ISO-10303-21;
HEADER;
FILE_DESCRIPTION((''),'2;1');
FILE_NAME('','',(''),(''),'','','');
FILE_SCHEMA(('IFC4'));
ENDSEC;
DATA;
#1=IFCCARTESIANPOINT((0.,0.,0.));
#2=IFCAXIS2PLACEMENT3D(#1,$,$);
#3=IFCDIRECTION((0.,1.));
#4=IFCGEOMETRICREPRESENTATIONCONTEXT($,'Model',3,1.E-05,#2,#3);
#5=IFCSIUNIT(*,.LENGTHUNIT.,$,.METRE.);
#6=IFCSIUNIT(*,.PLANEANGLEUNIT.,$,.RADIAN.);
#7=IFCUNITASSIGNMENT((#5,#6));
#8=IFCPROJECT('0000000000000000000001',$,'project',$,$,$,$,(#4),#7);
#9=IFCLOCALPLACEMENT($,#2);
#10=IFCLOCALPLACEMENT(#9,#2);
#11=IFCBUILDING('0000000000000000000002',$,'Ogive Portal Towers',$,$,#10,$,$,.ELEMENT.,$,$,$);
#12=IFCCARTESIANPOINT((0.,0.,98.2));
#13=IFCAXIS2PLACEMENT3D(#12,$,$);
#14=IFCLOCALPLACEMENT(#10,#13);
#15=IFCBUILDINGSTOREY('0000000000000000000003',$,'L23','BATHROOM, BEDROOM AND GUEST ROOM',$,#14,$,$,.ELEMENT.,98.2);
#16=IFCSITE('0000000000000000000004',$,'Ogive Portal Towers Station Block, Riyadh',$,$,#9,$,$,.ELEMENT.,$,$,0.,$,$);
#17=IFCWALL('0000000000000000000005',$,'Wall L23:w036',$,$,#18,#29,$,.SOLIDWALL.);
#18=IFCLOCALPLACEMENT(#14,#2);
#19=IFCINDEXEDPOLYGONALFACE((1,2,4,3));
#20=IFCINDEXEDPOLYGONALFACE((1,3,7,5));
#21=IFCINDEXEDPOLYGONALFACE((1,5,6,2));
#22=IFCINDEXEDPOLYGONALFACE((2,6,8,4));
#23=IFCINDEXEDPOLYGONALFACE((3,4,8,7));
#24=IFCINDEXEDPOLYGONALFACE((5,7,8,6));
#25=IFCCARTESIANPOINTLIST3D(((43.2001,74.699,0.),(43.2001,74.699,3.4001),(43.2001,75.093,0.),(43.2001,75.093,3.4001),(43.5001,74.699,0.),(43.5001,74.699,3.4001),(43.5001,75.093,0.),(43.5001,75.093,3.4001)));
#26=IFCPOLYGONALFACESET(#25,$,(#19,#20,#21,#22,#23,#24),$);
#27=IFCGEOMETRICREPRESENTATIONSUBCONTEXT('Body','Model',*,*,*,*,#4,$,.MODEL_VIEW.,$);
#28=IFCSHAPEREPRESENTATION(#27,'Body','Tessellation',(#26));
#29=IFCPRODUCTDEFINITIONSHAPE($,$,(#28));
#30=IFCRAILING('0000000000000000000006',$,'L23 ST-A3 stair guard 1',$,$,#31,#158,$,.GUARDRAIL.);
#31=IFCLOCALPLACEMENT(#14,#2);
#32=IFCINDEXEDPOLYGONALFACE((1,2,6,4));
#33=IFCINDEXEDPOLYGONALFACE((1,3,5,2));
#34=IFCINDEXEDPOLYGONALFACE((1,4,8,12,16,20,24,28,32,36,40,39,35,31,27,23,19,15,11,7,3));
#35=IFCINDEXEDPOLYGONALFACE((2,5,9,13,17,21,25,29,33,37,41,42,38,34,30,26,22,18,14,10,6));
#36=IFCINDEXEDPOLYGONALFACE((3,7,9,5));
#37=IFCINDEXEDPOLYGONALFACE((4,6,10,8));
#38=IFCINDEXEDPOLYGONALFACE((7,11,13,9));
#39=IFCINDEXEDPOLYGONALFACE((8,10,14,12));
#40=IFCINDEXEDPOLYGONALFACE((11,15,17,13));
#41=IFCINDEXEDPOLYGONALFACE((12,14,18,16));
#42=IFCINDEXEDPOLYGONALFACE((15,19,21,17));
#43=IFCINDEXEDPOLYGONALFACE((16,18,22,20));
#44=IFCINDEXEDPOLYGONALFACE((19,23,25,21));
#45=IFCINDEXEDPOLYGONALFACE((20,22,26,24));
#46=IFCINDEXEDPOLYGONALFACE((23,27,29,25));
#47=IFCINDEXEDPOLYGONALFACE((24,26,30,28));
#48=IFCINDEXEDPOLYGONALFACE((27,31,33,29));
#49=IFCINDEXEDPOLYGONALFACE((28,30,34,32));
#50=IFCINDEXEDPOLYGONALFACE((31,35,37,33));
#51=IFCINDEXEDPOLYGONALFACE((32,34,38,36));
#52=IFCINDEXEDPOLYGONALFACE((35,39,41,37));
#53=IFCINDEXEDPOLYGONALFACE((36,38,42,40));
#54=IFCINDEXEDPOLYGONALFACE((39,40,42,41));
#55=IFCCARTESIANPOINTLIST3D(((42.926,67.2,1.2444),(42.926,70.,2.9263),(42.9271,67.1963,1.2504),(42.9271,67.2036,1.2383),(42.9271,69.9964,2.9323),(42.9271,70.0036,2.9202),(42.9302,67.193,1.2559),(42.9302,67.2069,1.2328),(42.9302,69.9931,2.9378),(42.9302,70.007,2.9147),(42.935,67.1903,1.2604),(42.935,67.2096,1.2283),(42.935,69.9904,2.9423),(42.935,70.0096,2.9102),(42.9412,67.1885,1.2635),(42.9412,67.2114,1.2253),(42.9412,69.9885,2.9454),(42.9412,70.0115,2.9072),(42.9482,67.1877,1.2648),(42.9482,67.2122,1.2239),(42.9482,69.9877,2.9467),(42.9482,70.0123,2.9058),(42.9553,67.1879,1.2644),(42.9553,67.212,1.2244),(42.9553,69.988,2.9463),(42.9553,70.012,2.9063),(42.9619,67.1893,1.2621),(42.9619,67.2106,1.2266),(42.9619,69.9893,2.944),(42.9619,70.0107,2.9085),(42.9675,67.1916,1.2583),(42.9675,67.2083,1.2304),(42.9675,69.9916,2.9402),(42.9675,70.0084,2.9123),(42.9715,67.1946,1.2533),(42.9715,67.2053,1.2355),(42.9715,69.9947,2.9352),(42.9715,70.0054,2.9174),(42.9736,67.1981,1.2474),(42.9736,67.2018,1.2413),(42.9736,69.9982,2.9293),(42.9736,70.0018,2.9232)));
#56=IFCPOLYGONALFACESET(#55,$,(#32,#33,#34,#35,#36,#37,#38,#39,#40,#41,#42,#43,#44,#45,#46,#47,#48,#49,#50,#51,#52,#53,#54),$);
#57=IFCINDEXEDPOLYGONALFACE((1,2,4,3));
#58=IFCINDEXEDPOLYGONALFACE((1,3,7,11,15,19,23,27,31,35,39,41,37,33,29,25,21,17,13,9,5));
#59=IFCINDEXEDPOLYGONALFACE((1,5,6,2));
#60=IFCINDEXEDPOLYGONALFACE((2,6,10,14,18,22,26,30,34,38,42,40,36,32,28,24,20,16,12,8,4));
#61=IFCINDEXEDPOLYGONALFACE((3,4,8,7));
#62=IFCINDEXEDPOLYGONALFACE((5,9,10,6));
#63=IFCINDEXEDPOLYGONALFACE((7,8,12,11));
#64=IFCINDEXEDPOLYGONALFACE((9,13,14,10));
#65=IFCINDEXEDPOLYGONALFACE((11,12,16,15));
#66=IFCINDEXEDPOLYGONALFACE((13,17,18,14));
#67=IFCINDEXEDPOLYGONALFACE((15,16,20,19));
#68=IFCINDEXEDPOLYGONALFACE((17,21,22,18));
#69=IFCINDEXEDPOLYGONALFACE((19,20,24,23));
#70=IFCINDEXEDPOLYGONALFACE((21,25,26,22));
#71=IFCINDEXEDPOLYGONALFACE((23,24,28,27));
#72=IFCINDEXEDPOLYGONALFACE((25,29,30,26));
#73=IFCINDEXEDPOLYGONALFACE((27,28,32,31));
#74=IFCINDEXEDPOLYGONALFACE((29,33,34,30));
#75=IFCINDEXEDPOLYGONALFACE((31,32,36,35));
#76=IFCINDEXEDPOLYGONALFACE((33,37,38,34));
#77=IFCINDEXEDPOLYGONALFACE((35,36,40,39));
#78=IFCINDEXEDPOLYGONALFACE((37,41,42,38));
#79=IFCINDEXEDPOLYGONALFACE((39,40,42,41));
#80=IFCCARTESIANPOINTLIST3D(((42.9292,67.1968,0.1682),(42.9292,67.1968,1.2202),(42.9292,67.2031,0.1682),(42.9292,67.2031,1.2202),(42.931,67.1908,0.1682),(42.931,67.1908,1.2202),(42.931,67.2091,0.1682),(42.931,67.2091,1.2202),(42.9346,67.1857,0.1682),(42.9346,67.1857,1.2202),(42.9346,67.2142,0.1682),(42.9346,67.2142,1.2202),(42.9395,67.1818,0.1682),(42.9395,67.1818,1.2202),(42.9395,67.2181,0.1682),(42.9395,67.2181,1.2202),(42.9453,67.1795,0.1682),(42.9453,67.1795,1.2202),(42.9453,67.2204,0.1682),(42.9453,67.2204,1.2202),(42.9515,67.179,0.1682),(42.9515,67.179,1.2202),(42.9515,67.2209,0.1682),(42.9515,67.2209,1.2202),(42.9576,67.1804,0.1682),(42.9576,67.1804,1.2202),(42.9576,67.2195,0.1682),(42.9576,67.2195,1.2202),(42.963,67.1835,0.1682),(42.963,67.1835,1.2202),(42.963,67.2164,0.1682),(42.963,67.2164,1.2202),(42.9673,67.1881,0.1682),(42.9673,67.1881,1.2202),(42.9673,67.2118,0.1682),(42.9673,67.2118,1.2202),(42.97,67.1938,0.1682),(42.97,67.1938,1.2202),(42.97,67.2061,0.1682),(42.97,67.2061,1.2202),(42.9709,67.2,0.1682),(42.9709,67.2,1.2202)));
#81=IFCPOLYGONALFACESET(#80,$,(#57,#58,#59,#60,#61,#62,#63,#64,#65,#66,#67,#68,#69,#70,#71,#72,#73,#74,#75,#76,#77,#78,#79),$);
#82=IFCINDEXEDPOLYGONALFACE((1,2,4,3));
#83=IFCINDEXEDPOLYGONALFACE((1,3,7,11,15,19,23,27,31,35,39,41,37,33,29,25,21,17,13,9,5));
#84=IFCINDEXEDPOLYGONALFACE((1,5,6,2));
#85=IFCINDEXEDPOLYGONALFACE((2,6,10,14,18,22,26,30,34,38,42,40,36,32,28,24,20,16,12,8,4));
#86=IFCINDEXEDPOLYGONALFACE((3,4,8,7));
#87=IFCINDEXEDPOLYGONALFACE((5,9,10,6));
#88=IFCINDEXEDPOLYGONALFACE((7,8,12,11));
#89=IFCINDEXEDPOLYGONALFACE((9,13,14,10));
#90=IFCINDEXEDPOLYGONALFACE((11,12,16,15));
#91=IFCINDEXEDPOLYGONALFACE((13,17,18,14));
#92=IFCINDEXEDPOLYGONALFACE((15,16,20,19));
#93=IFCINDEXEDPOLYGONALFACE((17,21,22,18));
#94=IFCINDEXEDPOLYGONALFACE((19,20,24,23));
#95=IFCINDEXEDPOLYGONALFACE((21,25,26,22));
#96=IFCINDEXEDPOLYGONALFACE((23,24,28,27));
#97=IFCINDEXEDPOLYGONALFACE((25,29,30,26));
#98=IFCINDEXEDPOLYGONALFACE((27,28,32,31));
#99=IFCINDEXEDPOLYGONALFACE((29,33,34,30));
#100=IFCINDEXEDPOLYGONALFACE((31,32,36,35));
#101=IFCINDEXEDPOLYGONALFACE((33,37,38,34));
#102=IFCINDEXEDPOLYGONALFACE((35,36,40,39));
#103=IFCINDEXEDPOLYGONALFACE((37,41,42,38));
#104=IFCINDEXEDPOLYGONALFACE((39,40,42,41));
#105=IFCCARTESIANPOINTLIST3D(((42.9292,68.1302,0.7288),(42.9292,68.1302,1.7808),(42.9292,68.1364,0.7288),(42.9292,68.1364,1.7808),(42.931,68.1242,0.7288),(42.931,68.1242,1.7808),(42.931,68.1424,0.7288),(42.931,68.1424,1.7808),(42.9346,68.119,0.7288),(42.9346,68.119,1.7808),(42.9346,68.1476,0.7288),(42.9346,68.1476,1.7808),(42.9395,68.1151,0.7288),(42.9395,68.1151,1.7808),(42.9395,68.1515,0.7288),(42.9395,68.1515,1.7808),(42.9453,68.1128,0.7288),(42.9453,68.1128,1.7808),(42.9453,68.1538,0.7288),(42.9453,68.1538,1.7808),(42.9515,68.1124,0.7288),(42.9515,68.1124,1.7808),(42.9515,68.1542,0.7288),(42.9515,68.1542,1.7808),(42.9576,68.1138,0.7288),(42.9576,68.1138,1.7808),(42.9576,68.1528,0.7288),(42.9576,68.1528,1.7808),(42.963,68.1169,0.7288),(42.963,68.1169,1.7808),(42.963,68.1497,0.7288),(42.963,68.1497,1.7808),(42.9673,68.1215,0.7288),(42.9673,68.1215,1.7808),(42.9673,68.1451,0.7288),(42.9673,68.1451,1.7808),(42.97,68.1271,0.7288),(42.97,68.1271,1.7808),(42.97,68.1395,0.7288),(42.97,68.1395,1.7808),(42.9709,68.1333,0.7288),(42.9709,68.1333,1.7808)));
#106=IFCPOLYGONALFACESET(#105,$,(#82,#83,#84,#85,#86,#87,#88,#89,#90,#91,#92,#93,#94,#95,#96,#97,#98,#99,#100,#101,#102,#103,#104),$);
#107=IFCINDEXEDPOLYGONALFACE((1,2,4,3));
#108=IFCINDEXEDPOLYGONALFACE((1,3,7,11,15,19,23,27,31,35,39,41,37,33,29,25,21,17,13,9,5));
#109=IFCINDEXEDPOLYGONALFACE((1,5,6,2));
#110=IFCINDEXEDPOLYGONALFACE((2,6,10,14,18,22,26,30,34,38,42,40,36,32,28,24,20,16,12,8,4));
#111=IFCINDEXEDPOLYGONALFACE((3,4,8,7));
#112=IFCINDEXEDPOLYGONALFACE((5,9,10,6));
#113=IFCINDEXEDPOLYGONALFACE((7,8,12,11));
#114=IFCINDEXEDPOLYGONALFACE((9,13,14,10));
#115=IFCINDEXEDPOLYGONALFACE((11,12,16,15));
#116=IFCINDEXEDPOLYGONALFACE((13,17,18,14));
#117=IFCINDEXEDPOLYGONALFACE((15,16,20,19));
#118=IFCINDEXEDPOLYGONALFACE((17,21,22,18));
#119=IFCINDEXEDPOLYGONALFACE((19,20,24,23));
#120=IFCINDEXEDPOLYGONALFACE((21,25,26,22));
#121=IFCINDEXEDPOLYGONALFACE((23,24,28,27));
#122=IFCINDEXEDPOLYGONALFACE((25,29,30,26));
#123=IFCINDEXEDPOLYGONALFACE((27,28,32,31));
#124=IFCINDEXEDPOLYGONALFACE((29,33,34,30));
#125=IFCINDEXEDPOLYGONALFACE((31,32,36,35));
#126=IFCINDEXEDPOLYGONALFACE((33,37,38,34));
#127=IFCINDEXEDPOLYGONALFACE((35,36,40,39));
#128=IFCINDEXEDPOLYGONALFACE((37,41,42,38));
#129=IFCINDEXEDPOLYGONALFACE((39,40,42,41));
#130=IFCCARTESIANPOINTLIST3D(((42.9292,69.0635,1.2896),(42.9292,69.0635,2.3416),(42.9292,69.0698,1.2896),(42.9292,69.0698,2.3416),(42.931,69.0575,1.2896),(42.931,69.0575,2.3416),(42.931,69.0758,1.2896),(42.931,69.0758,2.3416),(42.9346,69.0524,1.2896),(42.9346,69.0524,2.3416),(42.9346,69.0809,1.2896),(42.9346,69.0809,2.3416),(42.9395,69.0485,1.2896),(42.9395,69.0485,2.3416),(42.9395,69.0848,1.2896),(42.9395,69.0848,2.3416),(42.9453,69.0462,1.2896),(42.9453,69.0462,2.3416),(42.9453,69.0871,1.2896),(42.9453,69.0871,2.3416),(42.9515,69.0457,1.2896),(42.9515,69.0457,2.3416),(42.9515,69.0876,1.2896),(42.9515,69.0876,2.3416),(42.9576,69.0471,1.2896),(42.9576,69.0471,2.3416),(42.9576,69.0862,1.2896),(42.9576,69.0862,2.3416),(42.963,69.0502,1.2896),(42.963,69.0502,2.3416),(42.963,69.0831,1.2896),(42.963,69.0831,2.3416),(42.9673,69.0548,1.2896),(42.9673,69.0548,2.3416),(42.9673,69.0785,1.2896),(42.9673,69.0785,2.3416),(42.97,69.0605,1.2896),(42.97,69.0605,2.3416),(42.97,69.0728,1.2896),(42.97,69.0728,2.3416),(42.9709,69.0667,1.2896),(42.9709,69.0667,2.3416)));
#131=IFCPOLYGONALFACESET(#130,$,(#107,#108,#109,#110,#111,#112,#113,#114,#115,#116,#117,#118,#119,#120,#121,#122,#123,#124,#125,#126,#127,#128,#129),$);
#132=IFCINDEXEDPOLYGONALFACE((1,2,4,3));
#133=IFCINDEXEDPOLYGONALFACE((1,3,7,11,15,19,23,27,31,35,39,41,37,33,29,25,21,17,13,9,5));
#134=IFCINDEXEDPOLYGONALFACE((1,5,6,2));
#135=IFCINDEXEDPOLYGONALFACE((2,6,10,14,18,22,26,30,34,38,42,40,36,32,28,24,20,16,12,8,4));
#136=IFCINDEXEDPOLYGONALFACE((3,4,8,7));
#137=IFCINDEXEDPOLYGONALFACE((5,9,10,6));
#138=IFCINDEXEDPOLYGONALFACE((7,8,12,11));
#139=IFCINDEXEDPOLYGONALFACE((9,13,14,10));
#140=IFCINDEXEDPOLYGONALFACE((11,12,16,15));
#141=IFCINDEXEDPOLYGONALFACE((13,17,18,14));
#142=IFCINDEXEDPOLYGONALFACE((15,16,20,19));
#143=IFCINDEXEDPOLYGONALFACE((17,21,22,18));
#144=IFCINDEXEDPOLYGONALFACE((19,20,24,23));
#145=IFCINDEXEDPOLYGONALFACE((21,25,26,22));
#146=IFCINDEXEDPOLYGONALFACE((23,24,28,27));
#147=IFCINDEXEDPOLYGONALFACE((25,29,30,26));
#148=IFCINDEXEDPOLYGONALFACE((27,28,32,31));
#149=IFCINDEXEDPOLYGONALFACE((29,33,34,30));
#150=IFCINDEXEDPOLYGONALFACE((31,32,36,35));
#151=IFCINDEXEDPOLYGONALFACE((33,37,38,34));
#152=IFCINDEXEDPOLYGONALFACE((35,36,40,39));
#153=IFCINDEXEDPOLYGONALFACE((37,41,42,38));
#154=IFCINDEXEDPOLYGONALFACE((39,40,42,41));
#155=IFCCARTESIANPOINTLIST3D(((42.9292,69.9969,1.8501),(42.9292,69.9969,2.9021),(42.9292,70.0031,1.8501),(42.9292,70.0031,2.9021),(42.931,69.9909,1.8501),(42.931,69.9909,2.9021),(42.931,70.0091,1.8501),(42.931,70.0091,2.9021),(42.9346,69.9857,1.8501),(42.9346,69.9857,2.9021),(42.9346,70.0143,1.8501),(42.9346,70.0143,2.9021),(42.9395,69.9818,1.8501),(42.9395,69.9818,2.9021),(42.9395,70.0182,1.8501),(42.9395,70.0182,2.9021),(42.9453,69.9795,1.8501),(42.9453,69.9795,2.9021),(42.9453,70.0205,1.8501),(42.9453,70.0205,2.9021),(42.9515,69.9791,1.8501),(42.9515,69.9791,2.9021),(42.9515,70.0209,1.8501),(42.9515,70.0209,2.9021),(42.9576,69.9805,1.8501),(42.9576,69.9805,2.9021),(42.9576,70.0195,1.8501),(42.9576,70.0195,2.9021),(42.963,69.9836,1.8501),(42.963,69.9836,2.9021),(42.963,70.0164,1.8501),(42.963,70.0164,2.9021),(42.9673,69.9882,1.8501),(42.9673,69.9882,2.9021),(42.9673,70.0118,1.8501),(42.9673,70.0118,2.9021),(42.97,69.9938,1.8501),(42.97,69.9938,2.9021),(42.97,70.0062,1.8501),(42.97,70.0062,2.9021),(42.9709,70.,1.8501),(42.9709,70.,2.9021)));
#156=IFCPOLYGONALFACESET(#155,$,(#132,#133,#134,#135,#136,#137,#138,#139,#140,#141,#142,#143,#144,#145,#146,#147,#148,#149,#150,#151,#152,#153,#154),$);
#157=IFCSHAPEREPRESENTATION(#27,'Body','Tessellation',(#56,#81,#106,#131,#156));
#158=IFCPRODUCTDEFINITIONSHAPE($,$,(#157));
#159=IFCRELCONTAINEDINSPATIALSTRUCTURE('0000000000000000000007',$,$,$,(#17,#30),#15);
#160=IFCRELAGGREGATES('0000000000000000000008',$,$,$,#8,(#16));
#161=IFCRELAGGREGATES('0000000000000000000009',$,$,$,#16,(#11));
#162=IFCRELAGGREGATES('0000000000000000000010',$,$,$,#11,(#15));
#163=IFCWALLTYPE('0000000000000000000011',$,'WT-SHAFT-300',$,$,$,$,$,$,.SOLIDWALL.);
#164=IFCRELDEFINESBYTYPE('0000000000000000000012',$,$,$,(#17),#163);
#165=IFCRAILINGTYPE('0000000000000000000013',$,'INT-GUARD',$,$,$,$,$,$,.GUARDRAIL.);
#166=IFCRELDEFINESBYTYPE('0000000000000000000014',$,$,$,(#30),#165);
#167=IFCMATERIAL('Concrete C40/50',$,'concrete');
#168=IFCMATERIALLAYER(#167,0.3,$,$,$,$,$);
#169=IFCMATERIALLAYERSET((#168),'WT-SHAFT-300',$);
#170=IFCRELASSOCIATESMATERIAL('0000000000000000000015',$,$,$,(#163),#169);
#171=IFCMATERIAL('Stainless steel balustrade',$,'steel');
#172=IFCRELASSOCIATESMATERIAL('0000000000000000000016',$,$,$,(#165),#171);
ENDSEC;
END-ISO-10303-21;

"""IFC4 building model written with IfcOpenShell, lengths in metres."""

from ifc_helpers import new_model, si_unit, direction, frame, frame_2d, origin, origin_2d, place, context, subcontext, project, spatial, rectangle, circle, extrude, material, layer, layer_set, type_object, element, save


model = new_model("IFC4")

# Units and contexts
model_context = context("Model", 3, precision=1e-05, world=origin(), true_north=direction((0.0, 1.0)))
body_context = subcontext(model_context, "Body", "Model", "MODEL_VIEW")
ifc_project = project(units=[si_unit("LENGTHUNIT", "METRE"), si_unit("PLANEANGLEUNIT", "RADIAN")], contexts=[model_context])

# Site, building, storey
site_placement = place(None, origin())
site = spatial("IfcSite", under=ifc_project, at=site_placement, Name="Ogive Portal Towers Station Block, Riyadh", CompositionType="ELEMENT", RefElevation=0.0)
building_placement = place(site_placement, origin())
building = spatial("IfcBuilding", under=site, at=building_placement, Name="Ogive Portal Towers", CompositionType="ELEMENT")
storey_placement = place(building_placement, frame((0.0, 0.0, 98.2)))
storey = spatial("IfcBuildingStorey", under=building, at=storey_placement, Name="L23", Description="BATHROOM, BEDROOM AND GUEST ROOM", CompositionType="ELEMENT", Elevation=98.2)

# Wall
ifc_material_1 = material(Name="Concrete C40/50", Category="concrete")
ifc_layer_1 = layer(ifc_material_1, 0.3)
ifc_layer_set_1 = layer_set([ifc_layer_1], Name="WT-SHAFT-300")
wall_type_1 = type_object("IfcWallType", Name="WT-SHAFT-300", PredefinedType="SOLIDWALL", material=ifc_layer_set_1)
wall_1_placement = place(storey_placement, frame((43.3501, 74.699, 0.0), z_axis=(0.0, 0.0, 1.0), x_axis=(0.0, 1.0, 0.0)))
element("IfcWall", 1, at=wall_1_placement, inside=storey, type_object=wall_type_1, Name="Wall L23:w036", PredefinedType="SOLIDWALL", context=body_context, shape_type="SweptSolid", body=[
    extrude(rectangle(XDim=0.394, YDim=0.3, at=frame_2d((0.197, 0.0))), origin(), (0.0, 0.0, 1.0), 3.4001),
])

# Railing
ifc_material_2 = material(Name="Stainless steel balustrade", Category="steel")
railing_type_1 = type_object("IfcRailingType", Name="INT-GUARD", PredefinedType="GUARDRAIL", material=ifc_material_2)
railing_1_placement = place(storey_placement, frame((42.95, 67.2, 0.1682)))
element("IfcRailing", 2, at=railing_1_placement, inside=storey, type_object=railing_type_1, Name="L23 ST-A3 stair guard 1", PredefinedType="GUARDRAIL", context=body_context, shape_type="SweptSolid", body=[
    extrude(circle(Radius=0.0239, at=origin_2d()), frame((0.0, 0.0, 1.0762), z_axis=(0.0, 0.857242, 0.514913), x_axis=(-1.0, 0.0, 0.0)), (0.0, 0.0, 1.0), 3.2664),
    extrude(circle(Radius=0.021, at=origin_2d()), origin(), (0.0, 0.0, 1.0), 1.052),
    extrude(circle(Radius=0.021, at=origin_2d()), frame((0.0, 0.9333, 0.5605)), (0.0, 0.0, 1.0), 1.052),
    extrude(circle(Radius=0.021, at=origin_2d()), frame((0.0, 1.8667, 1.1213)), (0.0, 0.0, 1.0), 1.052),
    extrude(circle(Radius=0.021, at=origin_2d()), frame((0.0, 2.8, 1.6819)), (0.0, 0.0, 1.0), 1.052),
])

save(model, "model.ifc")
